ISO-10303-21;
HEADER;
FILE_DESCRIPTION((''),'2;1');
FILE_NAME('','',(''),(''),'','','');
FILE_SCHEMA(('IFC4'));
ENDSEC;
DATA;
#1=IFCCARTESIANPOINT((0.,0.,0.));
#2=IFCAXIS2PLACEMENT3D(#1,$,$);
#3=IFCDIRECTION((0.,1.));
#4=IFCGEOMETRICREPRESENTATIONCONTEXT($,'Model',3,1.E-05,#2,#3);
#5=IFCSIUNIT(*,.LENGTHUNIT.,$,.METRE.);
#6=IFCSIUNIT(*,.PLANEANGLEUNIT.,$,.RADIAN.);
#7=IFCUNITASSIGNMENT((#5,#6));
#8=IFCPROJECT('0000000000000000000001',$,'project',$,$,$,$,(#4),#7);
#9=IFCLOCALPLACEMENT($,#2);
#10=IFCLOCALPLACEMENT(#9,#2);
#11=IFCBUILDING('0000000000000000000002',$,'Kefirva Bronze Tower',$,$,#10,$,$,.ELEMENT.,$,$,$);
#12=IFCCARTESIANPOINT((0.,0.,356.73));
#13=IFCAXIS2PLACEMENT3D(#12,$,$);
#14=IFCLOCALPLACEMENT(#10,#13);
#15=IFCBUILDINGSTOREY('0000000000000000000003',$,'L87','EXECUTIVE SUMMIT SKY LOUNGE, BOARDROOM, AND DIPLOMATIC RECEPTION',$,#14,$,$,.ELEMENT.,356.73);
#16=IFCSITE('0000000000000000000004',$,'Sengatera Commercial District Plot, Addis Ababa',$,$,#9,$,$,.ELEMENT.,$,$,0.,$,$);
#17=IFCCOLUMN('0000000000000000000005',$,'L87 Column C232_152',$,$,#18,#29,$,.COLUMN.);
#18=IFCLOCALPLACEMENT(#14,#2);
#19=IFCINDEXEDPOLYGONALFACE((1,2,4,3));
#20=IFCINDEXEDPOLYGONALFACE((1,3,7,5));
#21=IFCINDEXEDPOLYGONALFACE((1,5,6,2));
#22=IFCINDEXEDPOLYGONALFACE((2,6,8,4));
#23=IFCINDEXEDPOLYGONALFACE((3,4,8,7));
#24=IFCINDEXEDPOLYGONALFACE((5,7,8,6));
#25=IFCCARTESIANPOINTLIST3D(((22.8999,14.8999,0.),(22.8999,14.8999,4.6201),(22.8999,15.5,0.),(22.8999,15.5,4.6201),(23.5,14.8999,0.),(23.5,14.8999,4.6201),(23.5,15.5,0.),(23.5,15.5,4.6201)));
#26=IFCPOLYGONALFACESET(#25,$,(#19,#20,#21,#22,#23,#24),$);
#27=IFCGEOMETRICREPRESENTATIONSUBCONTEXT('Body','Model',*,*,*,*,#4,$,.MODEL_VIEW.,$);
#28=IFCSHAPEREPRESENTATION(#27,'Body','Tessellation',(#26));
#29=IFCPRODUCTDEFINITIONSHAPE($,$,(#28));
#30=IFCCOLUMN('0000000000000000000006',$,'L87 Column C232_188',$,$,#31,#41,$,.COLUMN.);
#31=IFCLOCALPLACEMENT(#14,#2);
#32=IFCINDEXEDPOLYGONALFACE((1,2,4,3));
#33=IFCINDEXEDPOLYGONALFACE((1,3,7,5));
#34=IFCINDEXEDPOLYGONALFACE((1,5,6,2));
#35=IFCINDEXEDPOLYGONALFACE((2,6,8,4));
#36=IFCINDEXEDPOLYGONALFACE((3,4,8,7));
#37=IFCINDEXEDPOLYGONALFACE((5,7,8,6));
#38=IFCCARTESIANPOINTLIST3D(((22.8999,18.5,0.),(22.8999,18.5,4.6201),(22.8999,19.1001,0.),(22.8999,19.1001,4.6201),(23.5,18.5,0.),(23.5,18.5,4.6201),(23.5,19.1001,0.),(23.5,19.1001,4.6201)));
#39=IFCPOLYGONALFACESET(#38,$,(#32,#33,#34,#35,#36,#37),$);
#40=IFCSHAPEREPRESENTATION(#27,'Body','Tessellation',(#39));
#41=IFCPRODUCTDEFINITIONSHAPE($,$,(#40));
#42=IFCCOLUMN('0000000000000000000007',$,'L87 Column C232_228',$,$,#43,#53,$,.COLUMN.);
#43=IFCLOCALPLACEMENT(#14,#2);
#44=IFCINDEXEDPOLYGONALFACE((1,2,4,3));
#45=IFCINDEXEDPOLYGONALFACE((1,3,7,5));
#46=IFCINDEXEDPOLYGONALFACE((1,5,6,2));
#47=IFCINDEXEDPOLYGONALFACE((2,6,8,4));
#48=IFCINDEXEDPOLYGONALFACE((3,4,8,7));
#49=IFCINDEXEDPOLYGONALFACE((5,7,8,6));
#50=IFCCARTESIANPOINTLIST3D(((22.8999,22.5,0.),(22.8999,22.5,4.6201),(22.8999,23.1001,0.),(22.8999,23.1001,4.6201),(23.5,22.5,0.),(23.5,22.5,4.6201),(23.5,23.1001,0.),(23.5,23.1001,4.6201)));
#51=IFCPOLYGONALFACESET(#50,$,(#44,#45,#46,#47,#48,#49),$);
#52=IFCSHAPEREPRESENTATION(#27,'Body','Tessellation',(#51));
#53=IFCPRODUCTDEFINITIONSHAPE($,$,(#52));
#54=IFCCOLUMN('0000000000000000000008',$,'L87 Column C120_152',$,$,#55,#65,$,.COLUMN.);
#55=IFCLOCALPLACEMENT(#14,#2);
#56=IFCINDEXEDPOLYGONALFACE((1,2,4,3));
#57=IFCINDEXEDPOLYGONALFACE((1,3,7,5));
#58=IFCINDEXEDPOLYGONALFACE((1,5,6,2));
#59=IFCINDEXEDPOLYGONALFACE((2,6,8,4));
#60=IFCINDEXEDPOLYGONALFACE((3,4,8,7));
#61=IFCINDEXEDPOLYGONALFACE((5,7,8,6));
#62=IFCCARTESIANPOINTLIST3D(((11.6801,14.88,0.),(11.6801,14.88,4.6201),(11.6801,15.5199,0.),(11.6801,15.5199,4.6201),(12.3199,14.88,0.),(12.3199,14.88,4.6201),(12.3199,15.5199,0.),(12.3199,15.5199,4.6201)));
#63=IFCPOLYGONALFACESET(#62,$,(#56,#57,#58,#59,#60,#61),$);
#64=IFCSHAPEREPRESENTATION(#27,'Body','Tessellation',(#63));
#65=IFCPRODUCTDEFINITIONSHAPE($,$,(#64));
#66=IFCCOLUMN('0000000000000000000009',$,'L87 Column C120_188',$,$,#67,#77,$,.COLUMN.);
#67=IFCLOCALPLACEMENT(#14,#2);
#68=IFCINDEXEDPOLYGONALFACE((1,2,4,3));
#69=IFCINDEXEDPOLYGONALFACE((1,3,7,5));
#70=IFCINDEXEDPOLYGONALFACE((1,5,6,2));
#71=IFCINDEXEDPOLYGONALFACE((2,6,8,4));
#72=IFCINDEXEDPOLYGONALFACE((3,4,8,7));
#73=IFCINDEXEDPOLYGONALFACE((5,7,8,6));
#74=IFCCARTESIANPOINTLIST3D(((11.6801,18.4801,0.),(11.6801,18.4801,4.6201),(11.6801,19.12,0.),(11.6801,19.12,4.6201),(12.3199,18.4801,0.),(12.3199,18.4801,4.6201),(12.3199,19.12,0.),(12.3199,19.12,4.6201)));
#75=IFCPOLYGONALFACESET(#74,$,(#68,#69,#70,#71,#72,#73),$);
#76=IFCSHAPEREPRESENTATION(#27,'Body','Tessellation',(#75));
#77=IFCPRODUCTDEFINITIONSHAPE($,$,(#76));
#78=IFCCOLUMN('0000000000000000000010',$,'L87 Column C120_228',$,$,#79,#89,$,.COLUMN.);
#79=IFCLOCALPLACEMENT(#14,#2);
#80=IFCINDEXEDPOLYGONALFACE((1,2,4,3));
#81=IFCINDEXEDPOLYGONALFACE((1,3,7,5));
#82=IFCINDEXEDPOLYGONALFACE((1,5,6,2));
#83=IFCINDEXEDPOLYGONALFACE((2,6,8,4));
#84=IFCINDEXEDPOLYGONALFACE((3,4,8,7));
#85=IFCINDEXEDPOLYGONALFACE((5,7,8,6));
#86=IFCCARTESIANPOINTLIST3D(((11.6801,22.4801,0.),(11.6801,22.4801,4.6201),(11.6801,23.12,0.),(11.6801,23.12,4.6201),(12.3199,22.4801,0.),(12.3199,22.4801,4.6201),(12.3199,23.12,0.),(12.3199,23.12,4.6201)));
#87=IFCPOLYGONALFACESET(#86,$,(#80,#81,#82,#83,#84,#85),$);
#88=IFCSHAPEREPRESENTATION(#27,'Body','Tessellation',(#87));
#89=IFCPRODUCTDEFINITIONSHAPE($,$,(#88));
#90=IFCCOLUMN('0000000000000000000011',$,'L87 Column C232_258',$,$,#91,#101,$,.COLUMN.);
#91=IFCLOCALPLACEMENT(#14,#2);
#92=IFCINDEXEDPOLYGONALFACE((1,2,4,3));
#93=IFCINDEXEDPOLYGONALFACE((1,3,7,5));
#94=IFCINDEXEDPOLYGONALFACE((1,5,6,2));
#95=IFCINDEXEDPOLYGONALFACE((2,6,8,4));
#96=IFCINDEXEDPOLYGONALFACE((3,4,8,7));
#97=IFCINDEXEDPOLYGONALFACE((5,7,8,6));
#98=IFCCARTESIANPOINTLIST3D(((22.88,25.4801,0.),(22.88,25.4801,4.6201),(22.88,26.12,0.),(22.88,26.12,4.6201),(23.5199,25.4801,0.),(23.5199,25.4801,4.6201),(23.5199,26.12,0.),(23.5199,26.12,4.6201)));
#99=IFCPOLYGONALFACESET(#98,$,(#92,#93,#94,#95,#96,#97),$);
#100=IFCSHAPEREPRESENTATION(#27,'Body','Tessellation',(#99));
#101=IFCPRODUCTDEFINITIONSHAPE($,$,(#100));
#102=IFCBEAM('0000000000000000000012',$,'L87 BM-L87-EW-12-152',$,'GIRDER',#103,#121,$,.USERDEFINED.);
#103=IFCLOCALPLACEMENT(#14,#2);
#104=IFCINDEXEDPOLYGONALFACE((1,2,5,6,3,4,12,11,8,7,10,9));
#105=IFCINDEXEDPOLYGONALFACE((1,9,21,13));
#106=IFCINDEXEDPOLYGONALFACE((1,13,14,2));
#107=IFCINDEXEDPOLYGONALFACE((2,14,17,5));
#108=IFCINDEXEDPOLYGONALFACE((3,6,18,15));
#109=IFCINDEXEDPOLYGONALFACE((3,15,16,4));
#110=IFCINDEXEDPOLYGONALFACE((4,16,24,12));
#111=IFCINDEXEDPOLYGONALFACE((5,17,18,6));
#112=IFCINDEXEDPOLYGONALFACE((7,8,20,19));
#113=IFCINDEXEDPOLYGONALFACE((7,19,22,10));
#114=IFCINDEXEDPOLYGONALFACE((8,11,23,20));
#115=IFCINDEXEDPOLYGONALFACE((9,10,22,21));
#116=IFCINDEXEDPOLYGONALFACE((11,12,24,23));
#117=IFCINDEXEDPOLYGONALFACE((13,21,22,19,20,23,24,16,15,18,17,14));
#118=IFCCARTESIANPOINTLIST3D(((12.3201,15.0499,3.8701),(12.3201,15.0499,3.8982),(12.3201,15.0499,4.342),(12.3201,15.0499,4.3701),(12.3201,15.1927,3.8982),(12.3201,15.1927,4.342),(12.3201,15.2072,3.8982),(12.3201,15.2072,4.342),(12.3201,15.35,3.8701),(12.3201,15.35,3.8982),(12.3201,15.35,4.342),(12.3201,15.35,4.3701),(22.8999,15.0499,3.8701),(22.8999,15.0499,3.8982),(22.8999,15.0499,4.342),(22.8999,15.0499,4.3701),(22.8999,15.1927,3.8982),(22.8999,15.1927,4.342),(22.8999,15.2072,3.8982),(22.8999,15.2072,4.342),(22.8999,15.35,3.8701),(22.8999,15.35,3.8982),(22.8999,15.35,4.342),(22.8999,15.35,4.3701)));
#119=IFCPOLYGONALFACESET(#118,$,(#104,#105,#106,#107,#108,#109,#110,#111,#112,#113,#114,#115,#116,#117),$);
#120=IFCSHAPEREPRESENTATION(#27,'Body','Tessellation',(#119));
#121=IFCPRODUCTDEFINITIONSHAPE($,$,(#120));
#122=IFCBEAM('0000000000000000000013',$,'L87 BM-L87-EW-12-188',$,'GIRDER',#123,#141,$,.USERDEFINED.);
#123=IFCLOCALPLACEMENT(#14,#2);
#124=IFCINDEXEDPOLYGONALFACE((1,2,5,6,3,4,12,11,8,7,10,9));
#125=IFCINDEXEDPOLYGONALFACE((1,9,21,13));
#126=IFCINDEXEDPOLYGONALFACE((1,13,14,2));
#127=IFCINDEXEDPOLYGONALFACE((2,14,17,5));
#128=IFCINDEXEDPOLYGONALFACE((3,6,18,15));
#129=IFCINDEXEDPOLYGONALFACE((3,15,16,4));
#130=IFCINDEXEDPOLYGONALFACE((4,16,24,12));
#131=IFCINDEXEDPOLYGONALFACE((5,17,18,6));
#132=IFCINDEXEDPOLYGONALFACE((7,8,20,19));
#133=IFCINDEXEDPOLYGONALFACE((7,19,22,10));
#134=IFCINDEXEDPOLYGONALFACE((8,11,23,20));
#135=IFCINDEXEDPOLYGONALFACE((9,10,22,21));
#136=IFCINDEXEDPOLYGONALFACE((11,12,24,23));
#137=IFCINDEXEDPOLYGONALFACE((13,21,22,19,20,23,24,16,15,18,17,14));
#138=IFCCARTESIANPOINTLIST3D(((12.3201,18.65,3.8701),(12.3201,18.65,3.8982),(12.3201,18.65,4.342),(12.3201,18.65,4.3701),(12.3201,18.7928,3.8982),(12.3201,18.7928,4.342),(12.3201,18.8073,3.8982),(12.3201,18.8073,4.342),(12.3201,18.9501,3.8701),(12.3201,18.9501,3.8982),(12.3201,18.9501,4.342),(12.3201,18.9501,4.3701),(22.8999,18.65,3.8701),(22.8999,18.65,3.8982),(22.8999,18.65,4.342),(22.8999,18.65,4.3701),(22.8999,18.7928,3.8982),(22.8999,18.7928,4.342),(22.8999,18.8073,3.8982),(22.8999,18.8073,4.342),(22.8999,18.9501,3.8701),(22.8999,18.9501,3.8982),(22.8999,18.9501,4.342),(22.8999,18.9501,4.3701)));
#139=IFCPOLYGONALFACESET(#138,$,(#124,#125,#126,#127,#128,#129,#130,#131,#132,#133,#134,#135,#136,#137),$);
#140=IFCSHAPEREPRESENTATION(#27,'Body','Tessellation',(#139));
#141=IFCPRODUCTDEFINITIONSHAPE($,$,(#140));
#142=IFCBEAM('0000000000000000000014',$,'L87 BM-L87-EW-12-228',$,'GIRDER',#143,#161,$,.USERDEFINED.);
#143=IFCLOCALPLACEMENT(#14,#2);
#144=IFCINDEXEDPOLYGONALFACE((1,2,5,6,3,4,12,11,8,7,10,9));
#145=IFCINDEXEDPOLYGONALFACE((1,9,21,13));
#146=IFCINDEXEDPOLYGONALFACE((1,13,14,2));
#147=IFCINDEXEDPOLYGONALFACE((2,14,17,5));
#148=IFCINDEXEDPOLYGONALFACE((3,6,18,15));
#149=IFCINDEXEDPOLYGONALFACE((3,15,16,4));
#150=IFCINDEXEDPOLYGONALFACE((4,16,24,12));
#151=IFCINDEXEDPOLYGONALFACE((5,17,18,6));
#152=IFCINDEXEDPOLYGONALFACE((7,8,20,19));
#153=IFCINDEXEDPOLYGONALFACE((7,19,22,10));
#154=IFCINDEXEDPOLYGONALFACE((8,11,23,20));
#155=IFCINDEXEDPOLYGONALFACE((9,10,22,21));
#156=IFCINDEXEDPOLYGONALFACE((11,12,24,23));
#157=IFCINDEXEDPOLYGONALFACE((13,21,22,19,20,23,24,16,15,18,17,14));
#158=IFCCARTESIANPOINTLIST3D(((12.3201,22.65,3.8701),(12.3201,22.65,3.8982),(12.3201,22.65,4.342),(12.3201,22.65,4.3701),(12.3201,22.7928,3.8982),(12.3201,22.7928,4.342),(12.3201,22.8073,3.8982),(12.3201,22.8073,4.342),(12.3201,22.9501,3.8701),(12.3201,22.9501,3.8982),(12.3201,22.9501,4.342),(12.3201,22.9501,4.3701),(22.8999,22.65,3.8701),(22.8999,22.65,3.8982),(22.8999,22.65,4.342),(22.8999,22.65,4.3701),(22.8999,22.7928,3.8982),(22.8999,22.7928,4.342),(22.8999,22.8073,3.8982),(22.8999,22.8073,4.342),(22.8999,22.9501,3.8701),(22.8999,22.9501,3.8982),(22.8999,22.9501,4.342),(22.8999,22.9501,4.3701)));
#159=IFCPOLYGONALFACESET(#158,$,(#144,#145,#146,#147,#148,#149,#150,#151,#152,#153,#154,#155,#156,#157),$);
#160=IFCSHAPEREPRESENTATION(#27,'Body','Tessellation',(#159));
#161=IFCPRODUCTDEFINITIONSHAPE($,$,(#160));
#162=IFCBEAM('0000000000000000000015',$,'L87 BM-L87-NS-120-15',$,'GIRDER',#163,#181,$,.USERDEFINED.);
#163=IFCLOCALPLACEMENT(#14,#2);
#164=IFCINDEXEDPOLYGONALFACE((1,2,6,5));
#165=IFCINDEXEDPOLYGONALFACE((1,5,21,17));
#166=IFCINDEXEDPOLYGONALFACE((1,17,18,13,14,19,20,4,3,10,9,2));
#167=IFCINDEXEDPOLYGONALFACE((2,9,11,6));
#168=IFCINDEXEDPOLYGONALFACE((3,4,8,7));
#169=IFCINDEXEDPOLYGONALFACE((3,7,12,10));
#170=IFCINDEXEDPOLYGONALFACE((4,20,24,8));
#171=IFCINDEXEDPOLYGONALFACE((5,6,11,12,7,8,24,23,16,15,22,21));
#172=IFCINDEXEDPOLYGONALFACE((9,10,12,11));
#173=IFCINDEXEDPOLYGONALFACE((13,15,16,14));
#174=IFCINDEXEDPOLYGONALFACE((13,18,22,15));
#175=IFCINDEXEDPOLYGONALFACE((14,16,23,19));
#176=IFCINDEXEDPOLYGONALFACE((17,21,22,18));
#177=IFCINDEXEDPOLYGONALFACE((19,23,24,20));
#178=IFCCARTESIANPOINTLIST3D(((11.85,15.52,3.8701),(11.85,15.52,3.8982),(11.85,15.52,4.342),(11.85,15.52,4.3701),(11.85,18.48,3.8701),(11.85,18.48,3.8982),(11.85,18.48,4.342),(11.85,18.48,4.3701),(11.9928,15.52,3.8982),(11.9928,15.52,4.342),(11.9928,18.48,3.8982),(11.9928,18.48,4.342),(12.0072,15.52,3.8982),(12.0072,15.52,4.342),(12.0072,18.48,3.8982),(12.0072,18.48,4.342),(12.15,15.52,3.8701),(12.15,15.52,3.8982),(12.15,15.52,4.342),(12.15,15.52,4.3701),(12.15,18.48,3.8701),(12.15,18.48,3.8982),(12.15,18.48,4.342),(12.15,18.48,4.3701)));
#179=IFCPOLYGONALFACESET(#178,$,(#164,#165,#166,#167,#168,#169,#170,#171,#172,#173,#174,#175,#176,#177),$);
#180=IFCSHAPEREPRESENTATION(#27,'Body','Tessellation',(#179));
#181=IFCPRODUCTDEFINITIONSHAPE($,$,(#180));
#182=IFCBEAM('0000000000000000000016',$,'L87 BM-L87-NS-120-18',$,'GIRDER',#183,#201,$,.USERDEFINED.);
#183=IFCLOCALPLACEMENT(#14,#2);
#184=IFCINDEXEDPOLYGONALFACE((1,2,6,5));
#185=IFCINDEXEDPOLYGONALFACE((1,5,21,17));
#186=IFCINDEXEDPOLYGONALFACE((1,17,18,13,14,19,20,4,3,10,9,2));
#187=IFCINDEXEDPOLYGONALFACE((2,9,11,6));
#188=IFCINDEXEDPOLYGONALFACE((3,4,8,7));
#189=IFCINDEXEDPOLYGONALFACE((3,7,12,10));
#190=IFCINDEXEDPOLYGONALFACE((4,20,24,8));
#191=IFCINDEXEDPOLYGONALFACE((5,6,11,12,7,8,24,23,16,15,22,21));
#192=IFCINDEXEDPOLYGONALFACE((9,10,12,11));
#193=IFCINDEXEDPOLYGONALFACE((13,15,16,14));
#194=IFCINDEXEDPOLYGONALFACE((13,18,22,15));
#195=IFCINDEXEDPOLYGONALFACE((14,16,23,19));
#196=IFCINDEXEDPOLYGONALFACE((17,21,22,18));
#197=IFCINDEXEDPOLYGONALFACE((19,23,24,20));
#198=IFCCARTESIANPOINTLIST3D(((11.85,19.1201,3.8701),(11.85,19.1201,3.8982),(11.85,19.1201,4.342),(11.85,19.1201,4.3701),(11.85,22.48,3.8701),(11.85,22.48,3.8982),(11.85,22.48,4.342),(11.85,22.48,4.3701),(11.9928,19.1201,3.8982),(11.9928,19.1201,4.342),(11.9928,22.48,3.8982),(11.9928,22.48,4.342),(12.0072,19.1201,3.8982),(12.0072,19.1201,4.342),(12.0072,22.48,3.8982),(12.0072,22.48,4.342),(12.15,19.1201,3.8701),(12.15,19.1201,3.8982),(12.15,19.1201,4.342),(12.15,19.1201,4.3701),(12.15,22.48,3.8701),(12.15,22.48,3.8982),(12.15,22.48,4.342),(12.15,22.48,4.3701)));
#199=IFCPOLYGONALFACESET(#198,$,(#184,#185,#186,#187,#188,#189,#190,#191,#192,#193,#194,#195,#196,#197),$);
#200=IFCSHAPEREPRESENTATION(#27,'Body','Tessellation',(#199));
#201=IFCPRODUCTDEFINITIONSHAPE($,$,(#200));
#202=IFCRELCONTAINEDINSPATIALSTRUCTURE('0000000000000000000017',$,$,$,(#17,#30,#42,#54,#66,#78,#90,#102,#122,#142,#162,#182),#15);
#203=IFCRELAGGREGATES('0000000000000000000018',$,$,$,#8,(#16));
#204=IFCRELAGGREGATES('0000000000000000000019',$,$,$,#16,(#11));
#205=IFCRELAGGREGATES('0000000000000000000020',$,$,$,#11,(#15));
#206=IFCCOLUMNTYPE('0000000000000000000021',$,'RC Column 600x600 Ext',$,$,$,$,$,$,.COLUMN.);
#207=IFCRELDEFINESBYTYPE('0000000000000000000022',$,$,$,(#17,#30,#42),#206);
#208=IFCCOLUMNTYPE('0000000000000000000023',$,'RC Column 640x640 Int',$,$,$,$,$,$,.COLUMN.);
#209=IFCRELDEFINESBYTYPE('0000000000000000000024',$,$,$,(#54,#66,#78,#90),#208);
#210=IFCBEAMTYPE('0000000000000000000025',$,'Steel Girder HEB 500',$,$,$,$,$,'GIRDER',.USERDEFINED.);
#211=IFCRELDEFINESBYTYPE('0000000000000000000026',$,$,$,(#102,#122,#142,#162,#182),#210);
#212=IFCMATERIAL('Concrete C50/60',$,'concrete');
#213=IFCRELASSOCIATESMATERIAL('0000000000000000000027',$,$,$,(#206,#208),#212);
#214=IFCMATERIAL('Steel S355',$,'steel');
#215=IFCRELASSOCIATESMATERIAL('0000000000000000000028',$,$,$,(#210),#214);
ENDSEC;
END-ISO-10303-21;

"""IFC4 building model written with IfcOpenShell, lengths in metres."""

from ifc_helpers import new_model, si_unit, direction, frame, origin, origin_2d, place, context, subcontext, project, spatial, rectangle, i_section, extrude, material, material_profile, profile_set, type_object, element, save


model = new_model("IFC4")

# Units and contexts
model_context = context("Model", 3, precision=1e-05, world=origin(), true_north=direction((0.0, 1.0)))
body_context = subcontext(model_context, "Body", "Model", "MODEL_VIEW")
ifc_project = project(units=[si_unit("LENGTHUNIT", "METRE"), si_unit("PLANEANGLEUNIT", "RADIAN")], contexts=[model_context])

# Site, building, storey
site_placement = place(None, origin())
site = spatial("IfcSite", under=ifc_project, at=site_placement, Name="Sengatera Commercial District Plot, Addis Ababa", CompositionType="ELEMENT", RefElevation=0.0)
building_placement = place(site_placement, origin())
building = spatial("IfcBuilding", under=site, at=building_placement, Name="Kefirva Bronze Tower", CompositionType="ELEMENT")
storey_placement = place(building_placement, frame((0.0, 0.0, 356.73)))
storey = spatial("IfcBuildingStorey", under=building, at=storey_placement, Name="L87", Description="EXECUTIVE SUMMIT SKY LOUNGE, BOARDROOM, AND DIPLOMATIC RECEPTION", CompositionType="ELEMENT", Elevation=356.73)

# Columns
ifc_material_1 = material(Name="Concrete C50/60", Category="concrete")
ifc_material_profile_1 = material_profile(ifc_material_1, rectangle(XDim=0.6001, YDim=0.6001, at=origin_2d()), Name="RC 600x600")
ifc_profile_set_1 = profile_set([ifc_material_profile_1], Name="Concrete C50/60")
column_type_1 = type_object("IfcColumnType", Name="RC Column 600x600 Ext", PredefinedType="COLUMN", material=ifc_profile_set_1)
for number, where, z_axis, x_axis, name in (
    (1, (23.2, 15.2, 0.0), (0.0, 0.0, 1.0), (1.0, 0.0, 0.0), "L87 Column C232_152"),
    (2, (23.2, 18.8, 0.0), (0.0, 0.0, 1.0), (1.0, 0.0, 0.0), "L87 Column C232_188"),
    (3, (23.2, 22.8, 0.0), (0.0, 0.0, 1.0), (1.0, 0.0, 0.0), "L87 Column C232_228"),
):
    element("IfcColumn", number, at=place(storey_placement, frame(where, z_axis=z_axis, x_axis=x_axis)), inside=storey, type_object=column_type_1, Name=name, PredefinedType="COLUMN", context=body_context, shape_type="SweptSolid", body=[
        extrude(rectangle(XDim=0.6001, YDim=0.6001, at=origin_2d()), origin(), (0.0, 0.0, 1.0), 4.6201),
    ])
ifc_material_profile_2 = material_profile(ifc_material_1, rectangle(XDim=0.6399, YDim=0.6399, at=origin_2d()), Name="RC 640x640")
ifc_profile_set_2 = profile_set([ifc_material_profile_2], Name="Concrete C50/60")
column_type_2 = type_object("IfcColumnType", Name="RC Column 640x640 Int", PredefinedType="COLUMN", material=ifc_profile_set_2)
for number, where, z_axis, x_axis, name in (
    (4, (12.0, 15.2, 0.0), (0.0, 0.0, 1.0), (1.0, 0.0, 0.0), "L87 Column C120_152"),
    (5, (12.0, 18.8, 0.0), (0.0, 0.0, 1.0), (1.0, 0.0, 0.0), "L87 Column C120_188"),
    (6, (12.0, 22.8, 0.0), (0.0, 0.0, 1.0), (1.0, 0.0, 0.0), "L87 Column C120_228"),
    (7, (23.2, 25.8, 0.0), (0.0, 0.0, 1.0), (1.0, 0.0, 0.0), "L87 Column C232_258"),
):
    element("IfcColumn", number, at=place(storey_placement, frame(where, z_axis=z_axis, x_axis=x_axis)), inside=storey, type_object=column_type_2, Name=name, PredefinedType="COLUMN", context=body_context, shape_type="SweptSolid", body=[
        extrude(rectangle(XDim=0.6399, YDim=0.6399, at=origin_2d()), origin(), (0.0, 0.0, 1.0), 4.6201),
    ])

# Beams
ifc_material_2 = material(Name="Steel S355", Category="steel")
ifc_material_profile_3 = material_profile(ifc_material_2, i_section(OverallWidth=0.3, OverallDepth=0.5, WebThickness=0.0144, FlangeThickness=0.0281, at=origin_2d()), Name="HEB 500")
ifc_profile_set_3 = profile_set([ifc_material_profile_3], Name="Steel S355")
beam_type_1 = type_object("IfcBeamType", Name="Steel Girder HEB 500", ElementType="GIRDER", PredefinedType="USERDEFINED", material=ifc_profile_set_3)
for number, where, z_axis, x_axis, name in (
    (8, (12.3201, 15.2, 4.1201), (1.0, 0.0, 0.0), (0.0, 1.0, 0.0), "L87 BM-L87-EW-12-152"),
    (9, (12.3201, 18.8, 4.1201), (1.0, 0.0, 0.0), (0.0, 1.0, 0.0), "L87 BM-L87-EW-12-188"),
    (10, (12.3201, 22.8, 4.1201), (1.0, 0.0, 0.0), (0.0, 1.0, 0.0), "L87 BM-L87-EW-12-228"),
):
    element("IfcBeam", number, at=place(storey_placement, frame(where, z_axis=z_axis, x_axis=x_axis)), inside=storey, type_object=beam_type_1, Name=name, ObjectType="GIRDER", PredefinedType="USERDEFINED", context=body_context, shape_type="SweptSolid", body=[
        extrude(i_section(OverallWidth=0.3, OverallDepth=0.5, WebThickness=0.0144, FlangeThickness=0.0281, at=origin_2d()), origin(), (0.0, 0.0, 1.0), 10.5798),
    ])
beam_1_placement = place(storey_placement, frame((12.0, 15.52, 4.1201), z_axis=(0.0, 1.0, 0.0), x_axis=(-1.0, 0.0, 0.0)))
element("IfcBeam", 11, at=beam_1_placement, inside=storey, type_object=beam_type_1, Name="L87 BM-L87-NS-120-15", ObjectType="GIRDER", PredefinedType="USERDEFINED", context=body_context, shape_type="SweptSolid", body=[
    extrude(i_section(OverallWidth=0.3, OverallDepth=0.5, WebThickness=0.0144, FlangeThickness=0.0281, at=origin_2d()), origin(), (0.0, 0.0, 1.0), 2.96),
])
beam_2_placement = place(storey_placement, frame((12.0, 19.1201, 4.1201), z_axis=(0.0, 1.0, 0.0), x_axis=(-1.0, 0.0, 0.0)))
element("IfcBeam", 12, at=beam_2_placement, inside=storey, type_object=beam_type_1, Name="L87 BM-L87-NS-120-18", ObjectType="GIRDER", PredefinedType="USERDEFINED", context=body_context, shape_type="SweptSolid", body=[
    extrude(i_section(OverallWidth=0.3, OverallDepth=0.5, WebThickness=0.0144, FlangeThickness=0.0281, at=origin_2d()), origin(), (0.0, 0.0, 1.0), 3.3599),
])

save(model, "model.ifc")
